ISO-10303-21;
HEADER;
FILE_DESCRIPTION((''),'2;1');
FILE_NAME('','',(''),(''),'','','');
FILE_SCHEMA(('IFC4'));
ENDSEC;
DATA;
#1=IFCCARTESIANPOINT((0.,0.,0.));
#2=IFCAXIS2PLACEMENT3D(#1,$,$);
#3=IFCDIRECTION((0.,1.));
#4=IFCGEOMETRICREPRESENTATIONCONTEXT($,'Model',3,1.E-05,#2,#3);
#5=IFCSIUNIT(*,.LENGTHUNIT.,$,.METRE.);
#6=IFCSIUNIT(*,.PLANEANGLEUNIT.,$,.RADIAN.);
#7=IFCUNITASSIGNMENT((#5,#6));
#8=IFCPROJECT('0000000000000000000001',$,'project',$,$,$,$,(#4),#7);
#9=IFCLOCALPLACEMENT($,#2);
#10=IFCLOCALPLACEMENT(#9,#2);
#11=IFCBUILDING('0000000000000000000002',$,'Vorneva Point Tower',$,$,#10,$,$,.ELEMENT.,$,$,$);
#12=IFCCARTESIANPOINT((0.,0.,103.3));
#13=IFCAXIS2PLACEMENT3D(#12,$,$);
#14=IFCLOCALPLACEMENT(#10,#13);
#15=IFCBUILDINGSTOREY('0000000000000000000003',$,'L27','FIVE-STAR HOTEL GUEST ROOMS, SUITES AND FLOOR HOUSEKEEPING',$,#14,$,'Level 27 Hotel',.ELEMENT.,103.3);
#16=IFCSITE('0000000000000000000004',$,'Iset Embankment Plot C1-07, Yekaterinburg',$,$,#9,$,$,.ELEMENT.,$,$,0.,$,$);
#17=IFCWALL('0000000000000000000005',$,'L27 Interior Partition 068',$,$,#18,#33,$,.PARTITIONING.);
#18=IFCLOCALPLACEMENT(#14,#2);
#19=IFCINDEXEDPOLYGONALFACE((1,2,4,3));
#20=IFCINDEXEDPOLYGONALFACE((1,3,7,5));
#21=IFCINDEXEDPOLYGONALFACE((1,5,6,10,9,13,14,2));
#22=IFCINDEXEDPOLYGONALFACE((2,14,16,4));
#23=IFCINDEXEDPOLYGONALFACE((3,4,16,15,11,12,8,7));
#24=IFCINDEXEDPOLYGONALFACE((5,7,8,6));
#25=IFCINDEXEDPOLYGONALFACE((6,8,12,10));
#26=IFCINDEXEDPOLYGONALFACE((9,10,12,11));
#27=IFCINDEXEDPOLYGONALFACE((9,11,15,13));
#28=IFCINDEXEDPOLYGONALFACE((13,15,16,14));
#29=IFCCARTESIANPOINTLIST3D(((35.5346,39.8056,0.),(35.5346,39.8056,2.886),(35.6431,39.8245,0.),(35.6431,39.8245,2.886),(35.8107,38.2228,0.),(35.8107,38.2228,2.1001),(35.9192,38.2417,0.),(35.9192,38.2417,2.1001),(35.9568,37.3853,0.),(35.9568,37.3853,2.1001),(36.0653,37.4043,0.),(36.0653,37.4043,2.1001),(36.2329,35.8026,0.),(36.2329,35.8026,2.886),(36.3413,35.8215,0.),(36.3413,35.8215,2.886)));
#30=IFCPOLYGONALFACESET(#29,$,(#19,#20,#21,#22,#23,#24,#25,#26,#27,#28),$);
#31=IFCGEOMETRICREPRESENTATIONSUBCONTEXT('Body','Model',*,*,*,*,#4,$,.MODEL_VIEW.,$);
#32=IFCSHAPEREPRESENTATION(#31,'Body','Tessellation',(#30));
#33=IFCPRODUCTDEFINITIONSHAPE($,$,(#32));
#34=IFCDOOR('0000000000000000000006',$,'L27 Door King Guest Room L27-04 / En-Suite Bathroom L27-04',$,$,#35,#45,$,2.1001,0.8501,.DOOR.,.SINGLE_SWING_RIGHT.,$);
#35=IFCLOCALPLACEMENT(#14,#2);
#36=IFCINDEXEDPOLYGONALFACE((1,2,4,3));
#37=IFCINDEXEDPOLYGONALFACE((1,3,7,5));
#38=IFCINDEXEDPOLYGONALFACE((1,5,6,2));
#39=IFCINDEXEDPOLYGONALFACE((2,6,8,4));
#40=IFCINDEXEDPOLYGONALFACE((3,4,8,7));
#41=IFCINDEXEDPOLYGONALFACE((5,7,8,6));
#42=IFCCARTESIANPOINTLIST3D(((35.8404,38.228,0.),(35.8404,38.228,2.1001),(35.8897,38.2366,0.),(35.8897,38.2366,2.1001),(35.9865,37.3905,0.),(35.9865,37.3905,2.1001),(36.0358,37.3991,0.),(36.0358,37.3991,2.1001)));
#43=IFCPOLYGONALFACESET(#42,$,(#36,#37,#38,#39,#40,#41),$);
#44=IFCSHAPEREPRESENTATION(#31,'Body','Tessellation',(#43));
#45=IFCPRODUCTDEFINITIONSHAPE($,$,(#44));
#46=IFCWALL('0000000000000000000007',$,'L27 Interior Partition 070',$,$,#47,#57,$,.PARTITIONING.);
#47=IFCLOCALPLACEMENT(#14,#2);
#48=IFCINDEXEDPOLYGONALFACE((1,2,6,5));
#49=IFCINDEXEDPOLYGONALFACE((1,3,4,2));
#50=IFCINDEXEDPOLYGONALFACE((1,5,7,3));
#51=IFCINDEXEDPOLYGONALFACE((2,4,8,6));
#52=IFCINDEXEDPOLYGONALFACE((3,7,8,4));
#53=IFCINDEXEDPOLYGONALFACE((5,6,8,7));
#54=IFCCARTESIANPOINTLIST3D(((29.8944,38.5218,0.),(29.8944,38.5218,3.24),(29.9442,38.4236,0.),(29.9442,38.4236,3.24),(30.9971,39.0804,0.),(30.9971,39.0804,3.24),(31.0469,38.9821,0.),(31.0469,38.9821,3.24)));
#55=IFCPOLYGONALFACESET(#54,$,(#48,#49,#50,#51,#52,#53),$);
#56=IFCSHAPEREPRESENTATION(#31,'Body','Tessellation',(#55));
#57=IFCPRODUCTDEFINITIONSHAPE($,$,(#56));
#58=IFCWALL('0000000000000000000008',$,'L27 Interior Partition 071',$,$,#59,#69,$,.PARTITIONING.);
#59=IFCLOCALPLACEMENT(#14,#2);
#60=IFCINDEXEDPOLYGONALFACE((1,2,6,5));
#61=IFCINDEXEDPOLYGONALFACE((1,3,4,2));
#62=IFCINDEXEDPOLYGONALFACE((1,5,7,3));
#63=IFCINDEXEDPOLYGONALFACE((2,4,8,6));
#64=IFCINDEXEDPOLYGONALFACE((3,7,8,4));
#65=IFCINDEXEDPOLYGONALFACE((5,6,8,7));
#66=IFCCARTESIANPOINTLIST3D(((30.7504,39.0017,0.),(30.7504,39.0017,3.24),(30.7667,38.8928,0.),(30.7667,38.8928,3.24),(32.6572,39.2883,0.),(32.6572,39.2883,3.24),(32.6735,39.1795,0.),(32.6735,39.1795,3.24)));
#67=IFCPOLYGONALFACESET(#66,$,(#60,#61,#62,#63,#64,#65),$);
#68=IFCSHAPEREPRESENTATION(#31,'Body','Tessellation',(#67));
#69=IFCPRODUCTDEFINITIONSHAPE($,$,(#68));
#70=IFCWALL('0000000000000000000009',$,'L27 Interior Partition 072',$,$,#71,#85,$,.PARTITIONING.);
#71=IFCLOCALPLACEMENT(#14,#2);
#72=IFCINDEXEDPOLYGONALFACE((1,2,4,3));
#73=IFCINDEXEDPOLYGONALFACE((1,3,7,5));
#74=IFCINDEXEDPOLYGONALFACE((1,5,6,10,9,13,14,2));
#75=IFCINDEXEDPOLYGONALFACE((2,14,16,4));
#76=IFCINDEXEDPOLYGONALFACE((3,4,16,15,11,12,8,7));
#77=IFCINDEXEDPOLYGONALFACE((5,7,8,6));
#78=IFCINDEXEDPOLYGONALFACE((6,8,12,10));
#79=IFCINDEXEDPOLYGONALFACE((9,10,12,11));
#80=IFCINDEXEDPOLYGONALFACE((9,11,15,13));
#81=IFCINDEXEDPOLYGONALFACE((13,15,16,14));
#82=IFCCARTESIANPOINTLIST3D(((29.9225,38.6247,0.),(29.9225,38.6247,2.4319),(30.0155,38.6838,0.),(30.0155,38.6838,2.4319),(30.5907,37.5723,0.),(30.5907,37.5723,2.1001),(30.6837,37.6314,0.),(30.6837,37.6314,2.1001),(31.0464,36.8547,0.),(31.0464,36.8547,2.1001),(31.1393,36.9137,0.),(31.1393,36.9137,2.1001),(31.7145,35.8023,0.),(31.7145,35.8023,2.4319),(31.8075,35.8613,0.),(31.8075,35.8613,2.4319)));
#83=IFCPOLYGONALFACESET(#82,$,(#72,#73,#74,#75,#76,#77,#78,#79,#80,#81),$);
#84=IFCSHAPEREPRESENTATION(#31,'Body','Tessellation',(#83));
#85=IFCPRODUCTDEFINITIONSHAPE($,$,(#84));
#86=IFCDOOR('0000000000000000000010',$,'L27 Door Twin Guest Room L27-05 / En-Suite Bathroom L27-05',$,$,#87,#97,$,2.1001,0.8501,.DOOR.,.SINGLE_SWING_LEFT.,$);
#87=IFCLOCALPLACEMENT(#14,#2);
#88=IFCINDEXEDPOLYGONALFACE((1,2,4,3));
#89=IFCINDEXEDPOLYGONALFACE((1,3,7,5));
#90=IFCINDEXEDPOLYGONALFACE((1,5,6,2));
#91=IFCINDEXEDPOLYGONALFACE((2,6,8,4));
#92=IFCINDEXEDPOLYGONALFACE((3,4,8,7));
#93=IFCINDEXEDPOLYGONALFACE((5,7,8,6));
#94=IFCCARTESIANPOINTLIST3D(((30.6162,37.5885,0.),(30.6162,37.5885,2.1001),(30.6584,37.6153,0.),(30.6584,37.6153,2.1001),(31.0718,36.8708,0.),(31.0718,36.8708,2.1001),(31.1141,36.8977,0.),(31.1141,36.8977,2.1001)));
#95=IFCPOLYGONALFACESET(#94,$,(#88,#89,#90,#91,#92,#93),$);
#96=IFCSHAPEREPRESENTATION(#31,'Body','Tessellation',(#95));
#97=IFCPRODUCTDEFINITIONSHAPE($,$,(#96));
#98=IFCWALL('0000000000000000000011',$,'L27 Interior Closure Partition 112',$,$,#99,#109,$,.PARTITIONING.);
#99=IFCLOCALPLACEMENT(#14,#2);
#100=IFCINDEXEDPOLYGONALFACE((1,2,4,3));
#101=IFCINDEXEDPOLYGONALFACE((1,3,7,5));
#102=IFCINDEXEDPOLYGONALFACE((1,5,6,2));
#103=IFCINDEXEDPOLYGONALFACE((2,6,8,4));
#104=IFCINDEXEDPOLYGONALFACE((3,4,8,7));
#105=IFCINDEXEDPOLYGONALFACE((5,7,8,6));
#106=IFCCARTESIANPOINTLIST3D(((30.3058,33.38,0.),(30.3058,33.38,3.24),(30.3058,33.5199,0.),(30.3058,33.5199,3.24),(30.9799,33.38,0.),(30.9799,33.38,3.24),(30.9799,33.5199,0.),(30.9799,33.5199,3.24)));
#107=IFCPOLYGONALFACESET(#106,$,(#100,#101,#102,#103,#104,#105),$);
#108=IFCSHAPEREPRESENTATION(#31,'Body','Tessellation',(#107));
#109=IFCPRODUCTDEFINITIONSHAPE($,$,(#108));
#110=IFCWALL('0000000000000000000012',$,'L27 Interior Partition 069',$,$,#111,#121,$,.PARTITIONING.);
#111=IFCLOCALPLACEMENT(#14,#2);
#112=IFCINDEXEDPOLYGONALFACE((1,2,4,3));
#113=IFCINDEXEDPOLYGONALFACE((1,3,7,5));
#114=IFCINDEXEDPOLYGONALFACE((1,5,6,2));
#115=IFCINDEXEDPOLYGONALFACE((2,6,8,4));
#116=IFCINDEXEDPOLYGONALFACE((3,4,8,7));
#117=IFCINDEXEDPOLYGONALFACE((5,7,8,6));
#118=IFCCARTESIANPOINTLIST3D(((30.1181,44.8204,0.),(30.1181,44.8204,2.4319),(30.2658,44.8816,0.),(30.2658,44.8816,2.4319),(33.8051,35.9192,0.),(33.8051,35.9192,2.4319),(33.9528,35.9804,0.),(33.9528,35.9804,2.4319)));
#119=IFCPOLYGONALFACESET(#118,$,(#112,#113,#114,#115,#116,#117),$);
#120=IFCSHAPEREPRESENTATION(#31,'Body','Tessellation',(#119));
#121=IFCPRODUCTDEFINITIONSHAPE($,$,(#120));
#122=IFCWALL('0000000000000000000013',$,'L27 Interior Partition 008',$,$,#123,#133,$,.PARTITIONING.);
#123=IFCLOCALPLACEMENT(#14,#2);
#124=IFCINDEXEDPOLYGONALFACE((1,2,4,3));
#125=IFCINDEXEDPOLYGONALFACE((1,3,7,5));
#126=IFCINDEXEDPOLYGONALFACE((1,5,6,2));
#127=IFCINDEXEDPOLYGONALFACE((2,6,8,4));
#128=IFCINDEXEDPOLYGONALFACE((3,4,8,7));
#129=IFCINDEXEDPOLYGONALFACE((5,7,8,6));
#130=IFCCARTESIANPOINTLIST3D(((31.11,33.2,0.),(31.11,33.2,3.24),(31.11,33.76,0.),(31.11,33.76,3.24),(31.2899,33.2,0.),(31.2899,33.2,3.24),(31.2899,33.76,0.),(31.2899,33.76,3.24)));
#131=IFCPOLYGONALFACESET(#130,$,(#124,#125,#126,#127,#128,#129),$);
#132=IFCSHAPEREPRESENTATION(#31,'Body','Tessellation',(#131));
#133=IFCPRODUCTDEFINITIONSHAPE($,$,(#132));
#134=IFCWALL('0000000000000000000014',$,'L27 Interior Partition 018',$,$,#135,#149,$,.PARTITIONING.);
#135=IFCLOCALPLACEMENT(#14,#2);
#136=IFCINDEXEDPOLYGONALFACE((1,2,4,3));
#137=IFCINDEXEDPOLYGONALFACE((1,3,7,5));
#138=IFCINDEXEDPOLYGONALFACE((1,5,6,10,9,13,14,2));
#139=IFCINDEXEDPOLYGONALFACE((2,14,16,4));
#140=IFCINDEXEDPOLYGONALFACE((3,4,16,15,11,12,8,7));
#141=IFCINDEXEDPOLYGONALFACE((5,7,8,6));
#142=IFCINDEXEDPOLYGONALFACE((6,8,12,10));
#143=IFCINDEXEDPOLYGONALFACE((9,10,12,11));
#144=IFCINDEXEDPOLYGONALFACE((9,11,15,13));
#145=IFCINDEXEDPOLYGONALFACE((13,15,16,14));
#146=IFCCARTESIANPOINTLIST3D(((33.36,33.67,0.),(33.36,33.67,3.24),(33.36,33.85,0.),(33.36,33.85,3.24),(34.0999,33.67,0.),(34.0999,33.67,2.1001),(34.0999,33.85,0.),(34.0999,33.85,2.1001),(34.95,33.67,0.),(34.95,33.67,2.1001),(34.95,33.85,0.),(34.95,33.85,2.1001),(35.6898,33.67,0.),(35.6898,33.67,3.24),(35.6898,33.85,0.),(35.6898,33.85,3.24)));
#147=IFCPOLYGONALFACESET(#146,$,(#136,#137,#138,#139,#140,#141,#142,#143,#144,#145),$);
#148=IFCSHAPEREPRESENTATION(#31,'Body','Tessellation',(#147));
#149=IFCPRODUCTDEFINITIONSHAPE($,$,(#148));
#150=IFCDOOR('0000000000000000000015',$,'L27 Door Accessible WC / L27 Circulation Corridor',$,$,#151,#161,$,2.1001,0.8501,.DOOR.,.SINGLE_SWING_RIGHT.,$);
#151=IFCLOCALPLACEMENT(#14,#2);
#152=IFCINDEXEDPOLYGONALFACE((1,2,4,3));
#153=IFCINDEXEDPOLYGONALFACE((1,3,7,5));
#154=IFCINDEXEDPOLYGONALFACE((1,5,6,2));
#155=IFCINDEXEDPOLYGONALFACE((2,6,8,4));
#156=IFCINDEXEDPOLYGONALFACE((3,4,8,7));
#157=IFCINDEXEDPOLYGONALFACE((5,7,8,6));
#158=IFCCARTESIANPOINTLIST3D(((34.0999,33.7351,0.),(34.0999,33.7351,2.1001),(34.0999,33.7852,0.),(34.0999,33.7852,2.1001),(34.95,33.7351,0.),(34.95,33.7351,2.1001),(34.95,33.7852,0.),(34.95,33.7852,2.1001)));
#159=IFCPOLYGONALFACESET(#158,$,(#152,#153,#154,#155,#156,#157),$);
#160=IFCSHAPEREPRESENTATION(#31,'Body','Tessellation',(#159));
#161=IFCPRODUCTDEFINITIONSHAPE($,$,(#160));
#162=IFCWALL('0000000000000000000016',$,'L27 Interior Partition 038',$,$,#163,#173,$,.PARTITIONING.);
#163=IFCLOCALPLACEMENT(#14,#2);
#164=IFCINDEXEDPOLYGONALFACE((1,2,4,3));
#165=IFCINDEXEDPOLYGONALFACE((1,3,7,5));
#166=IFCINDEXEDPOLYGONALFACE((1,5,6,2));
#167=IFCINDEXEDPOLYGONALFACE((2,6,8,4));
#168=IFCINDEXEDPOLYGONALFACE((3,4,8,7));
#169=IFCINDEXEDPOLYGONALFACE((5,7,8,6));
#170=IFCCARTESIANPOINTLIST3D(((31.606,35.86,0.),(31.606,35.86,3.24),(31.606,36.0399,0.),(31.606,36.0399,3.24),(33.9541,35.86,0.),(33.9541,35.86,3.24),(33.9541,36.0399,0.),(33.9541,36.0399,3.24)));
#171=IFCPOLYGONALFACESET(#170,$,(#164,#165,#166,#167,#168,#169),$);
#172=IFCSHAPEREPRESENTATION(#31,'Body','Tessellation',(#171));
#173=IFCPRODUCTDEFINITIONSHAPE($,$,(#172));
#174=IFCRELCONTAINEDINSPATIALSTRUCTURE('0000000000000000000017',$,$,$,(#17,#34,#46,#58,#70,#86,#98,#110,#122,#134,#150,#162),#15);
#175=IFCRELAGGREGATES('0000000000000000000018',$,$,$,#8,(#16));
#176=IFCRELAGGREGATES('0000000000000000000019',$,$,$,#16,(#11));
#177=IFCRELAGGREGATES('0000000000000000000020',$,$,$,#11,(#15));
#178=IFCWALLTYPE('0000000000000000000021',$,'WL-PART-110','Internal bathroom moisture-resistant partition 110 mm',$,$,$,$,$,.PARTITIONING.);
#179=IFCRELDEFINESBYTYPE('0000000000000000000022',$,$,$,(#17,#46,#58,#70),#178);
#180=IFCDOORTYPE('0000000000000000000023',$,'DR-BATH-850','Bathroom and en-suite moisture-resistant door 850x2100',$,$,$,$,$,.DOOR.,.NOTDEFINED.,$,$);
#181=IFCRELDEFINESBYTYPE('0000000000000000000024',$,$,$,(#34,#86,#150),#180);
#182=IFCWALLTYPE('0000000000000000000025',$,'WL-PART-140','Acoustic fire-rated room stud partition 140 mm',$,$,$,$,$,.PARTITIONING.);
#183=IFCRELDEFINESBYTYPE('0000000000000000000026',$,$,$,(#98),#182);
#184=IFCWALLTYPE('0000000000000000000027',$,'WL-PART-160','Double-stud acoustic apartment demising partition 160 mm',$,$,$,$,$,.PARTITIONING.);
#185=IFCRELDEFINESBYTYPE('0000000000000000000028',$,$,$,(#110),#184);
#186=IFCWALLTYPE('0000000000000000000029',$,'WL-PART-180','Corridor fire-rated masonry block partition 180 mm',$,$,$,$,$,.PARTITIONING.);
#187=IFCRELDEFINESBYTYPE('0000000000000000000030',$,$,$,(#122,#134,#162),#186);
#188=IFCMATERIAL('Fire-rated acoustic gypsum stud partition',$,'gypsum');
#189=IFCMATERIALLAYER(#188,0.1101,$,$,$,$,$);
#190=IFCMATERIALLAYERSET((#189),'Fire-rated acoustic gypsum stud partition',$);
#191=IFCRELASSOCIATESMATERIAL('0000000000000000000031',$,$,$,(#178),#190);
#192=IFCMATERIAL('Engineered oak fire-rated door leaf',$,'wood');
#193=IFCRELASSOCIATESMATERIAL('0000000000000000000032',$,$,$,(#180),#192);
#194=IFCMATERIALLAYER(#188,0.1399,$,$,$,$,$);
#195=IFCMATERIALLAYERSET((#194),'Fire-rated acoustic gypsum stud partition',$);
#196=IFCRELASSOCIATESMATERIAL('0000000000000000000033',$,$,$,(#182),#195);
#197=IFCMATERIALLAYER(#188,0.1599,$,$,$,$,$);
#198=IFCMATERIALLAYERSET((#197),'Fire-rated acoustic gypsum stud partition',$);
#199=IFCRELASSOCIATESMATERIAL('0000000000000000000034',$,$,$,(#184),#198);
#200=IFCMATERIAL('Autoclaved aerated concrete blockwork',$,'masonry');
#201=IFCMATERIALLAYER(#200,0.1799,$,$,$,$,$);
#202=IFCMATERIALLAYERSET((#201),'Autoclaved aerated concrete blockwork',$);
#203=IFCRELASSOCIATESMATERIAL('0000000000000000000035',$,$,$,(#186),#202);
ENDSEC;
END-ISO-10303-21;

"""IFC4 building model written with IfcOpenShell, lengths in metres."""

from ifc_helpers import new_model, si_unit, direction, frame, frame_2d, origin, place, context, subcontext, project, spatial, rectangle, extrude, material, layer, layer_set, type_object, element, fill, save


model = new_model("IFC4")

# Units and contexts
model_context = context("Model", 3, precision=1e-05, world=origin(), true_north=direction((0.0, 1.0)))
body_context = subcontext(model_context, "Body", "Model", "MODEL_VIEW")
ifc_project = project(units=[si_unit("LENGTHUNIT", "METRE"), si_unit("PLANEANGLEUNIT", "RADIAN")], contexts=[model_context])

# Site, building, storey
site_placement = place(None, origin())
site = spatial("IfcSite", under=ifc_project, at=site_placement, Name="Iset Embankment Plot C1-07, Yekaterinburg", CompositionType="ELEMENT", RefElevation=0.0)
building_placement = place(site_placement, origin())
building = spatial("IfcBuilding", under=site, at=building_placement, Name="Vorneva Point Tower", CompositionType="ELEMENT")
storey_placement = place(building_placement, frame((0.0, 0.0, 103.3)))
storey = spatial("IfcBuildingStorey", under=building, at=storey_placement, Name="L27", Description="FIVE-STAR HOTEL GUEST ROOMS, SUITES AND FLOOR HOUSEKEEPING", LongName="Level 27 Hotel", CompositionType="ELEMENT", Elevation=103.3)

# Shared definitions
ifc_material_1 = material(Name="Fire-rated acoustic gypsum stud partition", Category="gypsum")
ifc_layer_1 = layer(ifc_material_1, 0.1101)
ifc_layer_set_1 = layer_set([ifc_layer_1], Name="Fire-rated acoustic gypsum stud partition")
wall_type_1 = type_object("IfcWallType", Name="WL-PART-110", Description="Internal bathroom moisture-resistant partition 110 mm", PredefinedType="PARTITIONING", material=ifc_layer_set_1)

# Wall, opening, door
wall_1_placement = place(storey_placement, frame((36.2871, 35.812, 0.0), z_axis=(0.0, 0.0, 1.0), x_axis=(-0.171838, 0.985125, 0.0)))
wall_1 = element("IfcWall", 1, at=wall_1_placement, inside=storey, type_object=wall_type_1, Name="L27 Interior Partition 068", PredefinedType="PARTITIONING", context=body_context, shape_type="SweptSolid", body=[
    extrude(rectangle(XDim=4.0635, YDim=0.1101, at=frame_2d((2.0317, 0.0))), origin(), (0.0, 0.0, 1.0), 2.886),
])
opening_1_placement = place(wall_1_placement, frame((1.6067, 0.0, 0.0)))
opening_1 = element("IfcOpeningElement", 2, at=opening_1_placement, cuts=wall_1, PredefinedType="OPENING", context=body_context, shape_type="SweptSolid", body=[
    extrude(rectangle(XDim=0.8501, YDim=2.1001, at=frame_2d((0.425, 1.05))), frame((0.0, 0.0698, 0.0), z_axis=(0.0, -1.0, 0.0), x_axis=(1.0, 0.0, 0.0)), (0.0, 0.0, 1.0), 0.1399),
])
ifc_material_2 = material(Name="Engineered oak fire-rated door leaf", Category="wood")
door_type_1 = type_object("IfcDoorType", Name="DR-BATH-850", Description="Bathroom and en-suite moisture-resistant door 850x2100", OperationType="NOTDEFINED", PredefinedType="DOOR", material=ifc_material_2)
door_1_placement = place(opening_1_placement, origin())
door_1 = element("IfcDoor", 3, at=door_1_placement, inside=storey, type_object=door_type_1, Name="L27 Door King Guest Room L27-04 / En-Suite Bathroom L27-04", OperationType="SINGLE_SWING_RIGHT", OverallHeight=2.1001, OverallWidth=0.8501, PredefinedType="DOOR", context=body_context, shape_type="SweptSolid", body=[
    extrude(rectangle(XDim=0.8501, YDim=2.1001, at=frame_2d((0.425, 1.05))), frame((0.0, 0.0249, 0.0), z_axis=(0.0, -1.0, 0.0), x_axis=(1.0, 0.0, 0.0)), (0.0, 0.0, 1.0), 0.05),
])
fill(opening_1, door_1)

# Walls
wall_2_placement = place(storey_placement, frame((29.9192, 38.4727, 0.0), z_axis=(0.0, 0.0, 1.0), x_axis=(0.892085, 0.451868, 0.0)))
element("IfcWall", 4, at=wall_2_placement, inside=storey, type_object=wall_type_1, Name="L27 Interior Partition 070", PredefinedType="PARTITIONING", context=body_context, shape_type="SweptSolid", body=[
    extrude(rectangle(XDim=1.2361, YDim=0.1101, at=frame_2d((0.6182, 0.0))), origin(), (0.0, 0.0, 1.0), 3.24),
])
wall_3_placement = place(storey_placement, frame((30.7585, 38.9473, 0.0), z_axis=(0.0, 0.0, 1.0), x_axis=(0.98889, 0.14865, 0.0)))
element("IfcWall", 5, at=wall_3_placement, inside=storey, type_object=wall_type_1, Name="L27 Interior Partition 071", PredefinedType="PARTITIONING", context=body_context, shape_type="SweptSolid", body=[
    extrude(rectangle(XDim=1.9282, YDim=0.1101, at=frame_2d((0.9641, 0.0))), origin(), (0.0, 0.0, 1.0), 3.24),
])

# Wall, opening, door
wall_4_placement = place(storey_placement, frame((31.761, 35.8318, 0.0), z_axis=(0.0, 0.0, 1.0), x_axis=(-0.535992, 0.844223, 0.0)))
wall_4 = element("IfcWall", 6, at=wall_4_placement, inside=storey, type_object=wall_type_1, Name="L27 Interior Partition 072", PredefinedType="PARTITIONING", context=body_context, shape_type="SweptSolid", body=[
    extrude(rectangle(XDim=3.3433, YDim=0.1101, at=frame_2d((1.6716, 0.0))), origin(), (0.0, 0.0, 1.0), 2.4319),
])
opening_2_placement = place(wall_4_placement, frame((1.2466, 0.0, 0.0)))
opening_2 = element("IfcOpeningElement", 7, at=opening_2_placement, cuts=wall_4, PredefinedType="OPENING", context=body_context, shape_type="SweptSolid", body=[
    extrude(rectangle(XDim=0.8501, YDim=2.1001, at=frame_2d((0.425, 1.05))), frame((0.0, 0.0698, 0.0), z_axis=(0.0, -1.0, 0.0), x_axis=(1.0, 0.0, 0.0)), (0.0, 0.0, 1.0), 0.1399),
])
door_2_placement = place(opening_2_placement, origin())
door_2 = element("IfcDoor", 8, at=door_2_placement, inside=storey, type_object=door_type_1, Name="L27 Door Twin Guest Room L27-05 / En-Suite Bathroom L27-05", OperationType="SINGLE_SWING_LEFT", OverallHeight=2.1001, OverallWidth=0.8501, PredefinedType="DOOR", context=body_context, shape_type="SweptSolid", body=[
    extrude(rectangle(XDim=0.8501, YDim=2.1001, at=frame_2d((0.425, 1.05))), frame((0.0, 0.0249, 0.0), z_axis=(0.0, -1.0, 0.0), x_axis=(1.0, 0.0, 0.0)), (0.0, 0.0, 1.0), 0.05),
])
fill(opening_2, door_2)

# Walls
ifc_layer_2 = layer(ifc_material_1, 0.1399)
ifc_layer_set_2 = layer_set([ifc_layer_2], Name="Fire-rated acoustic gypsum stud partition")
wall_type_2 = type_object("IfcWallType", Name="WL-PART-140", Description="Acoustic fire-rated room stud partition 140 mm", PredefinedType="PARTITIONING", material=ifc_layer_set_2)
wall_5_placement = place(storey_placement, frame((30.3059, 33.45, 0.0), z_axis=(0.0, 0.0, 1.0), x_axis=(1.0, 0.0, 0.0)))
element("IfcWall", 9, at=wall_5_placement, inside=storey, type_object=wall_type_2, Name="L27 Interior Closure Partition 112", PredefinedType="PARTITIONING", context=body_context, shape_type="SweptSolid", body=[
    extrude(rectangle(XDim=0.6741, YDim=0.1399, at=frame_2d((0.3369, 0.0))), origin(), (0.0, 0.0, 1.0), 3.24),
])
ifc_layer_3 = layer(ifc_material_1, 0.1599)
ifc_layer_set_3 = layer_set([ifc_layer_3], Name="Fire-rated acoustic gypsum stud partition")
wall_type_3 = type_object("IfcWallType", Name="WL-PART-160", Description="Double-stud acoustic apartment demising partition 160 mm", PredefinedType="PARTITIONING", material=ifc_layer_set_3)
wall_6_placement = place(storey_placement, frame((30.1919, 44.8511, 0.0), z_axis=(0.0, 0.0, 1.0), x_axis=(0.382687, -0.923878, 0.0)))
element("IfcWall", 10, at=wall_6_placement, inside=storey, type_object=wall_type_3, Name="L27 Interior Partition 069", PredefinedType="PARTITIONING", context=body_context, shape_type="SweptSolid", body=[
    extrude(rectangle(XDim=9.6345, YDim=0.1599, at=frame_2d((4.8174, 0.0))), origin(), (0.0, 0.0, 1.0), 2.4319),
])

# Shared definitions
ifc_material_3 = material(Name="Autoclaved aerated concrete blockwork", Category="masonry")
ifc_layer_4 = layer(ifc_material_3, 0.1799)
ifc_layer_set_4 = layer_set([ifc_layer_4], Name="Autoclaved aerated concrete blockwork")
wall_type_4 = type_object("IfcWallType", Name="WL-PART-180", Description="Corridor fire-rated masonry block partition 180 mm", PredefinedType="PARTITIONING", material=ifc_layer_set_4)

# Wall
wall_7_placement = place(storey_placement, frame((31.2, 33.76, 0.0), z_axis=(0.0, 0.0, 1.0), x_axis=(0.0, -1.0, 0.0)))
element("IfcWall", 11, at=wall_7_placement, inside=storey, type_object=wall_type_4, Name="L27 Interior Partition 008", PredefinedType="PARTITIONING", context=body_context, shape_type="SweptSolid", body=[
    extrude(rectangle(XDim=0.5601, YDim=0.1799, at=frame_2d((0.28, 0.0))), origin(), (0.0, 0.0, 1.0), 3.24),
])

# Wall, opening, door
wall_8_placement = place(storey_placement, frame((35.6899, 33.76, 0.0), z_axis=(0.0, 0.0, 1.0), x_axis=(-1.0, 0.0, 0.0)))
wall_8 = element("IfcWall", 12, at=wall_8_placement, inside=storey, type_object=wall_type_4, Name="L27 Interior Partition 018", PredefinedType="PARTITIONING", context=body_context, shape_type="SweptSolid", body=[
    extrude(rectangle(XDim=2.3298, YDim=0.1799, at=frame_2d((1.165, 0.0))), origin(), (0.0, 0.0, 1.0), 3.24),
])
opening_3_placement = place(wall_8_placement, frame((0.74, 0.0, 0.0)))
opening_3 = element("IfcOpeningElement", 13, at=opening_3_placement, cuts=wall_8, PredefinedType="OPENING", context=body_context, shape_type="SweptSolid", body=[
    extrude(rectangle(XDim=0.8501, YDim=2.1001, at=frame_2d((0.425, 1.05))), frame((0.0, 0.105, 0.0), z_axis=(0.0, -1.0, 0.0), x_axis=(1.0, 0.0, 0.0)), (0.0, 0.0, 1.0), 0.2097),
])
door_3_placement = place(opening_3_placement, origin())
door_3 = element("IfcDoor", 14, at=door_3_placement, inside=storey, type_object=door_type_1, Name="L27 Door Accessible WC / L27 Circulation Corridor", OperationType="SINGLE_SWING_RIGHT", OverallHeight=2.1001, OverallWidth=0.8501, PredefinedType="DOOR", context=body_context, shape_type="SweptSolid", body=[
    extrude(rectangle(XDim=0.8501, YDim=2.1001, at=frame_2d((0.425, 1.05))), frame((0.0, 0.0249, 0.0), z_axis=(0.0, -1.0, 0.0), x_axis=(1.0, 0.0, 0.0)), (0.0, 0.0, 1.0), 0.05),
])
fill(opening_3, door_3)

# Wall
wall_9_placement = place(storey_placement, frame((33.9541, 35.95, 0.0), z_axis=(0.0, 0.0, 1.0), x_axis=(-1.0, 0.0, 0.0)))
element("IfcWall", 15, at=wall_9_placement, inside=storey, type_object=wall_type_4, Name="L27 Interior Partition 038", PredefinedType="PARTITIONING", context=body_context, shape_type="SweptSolid", body=[
    extrude(rectangle(XDim=2.3481, YDim=0.1799, at=frame_2d((1.1741, 0.0))), origin(), (0.0, 0.0, 1.0), 3.24),
])

save(model, "model.ifc")
